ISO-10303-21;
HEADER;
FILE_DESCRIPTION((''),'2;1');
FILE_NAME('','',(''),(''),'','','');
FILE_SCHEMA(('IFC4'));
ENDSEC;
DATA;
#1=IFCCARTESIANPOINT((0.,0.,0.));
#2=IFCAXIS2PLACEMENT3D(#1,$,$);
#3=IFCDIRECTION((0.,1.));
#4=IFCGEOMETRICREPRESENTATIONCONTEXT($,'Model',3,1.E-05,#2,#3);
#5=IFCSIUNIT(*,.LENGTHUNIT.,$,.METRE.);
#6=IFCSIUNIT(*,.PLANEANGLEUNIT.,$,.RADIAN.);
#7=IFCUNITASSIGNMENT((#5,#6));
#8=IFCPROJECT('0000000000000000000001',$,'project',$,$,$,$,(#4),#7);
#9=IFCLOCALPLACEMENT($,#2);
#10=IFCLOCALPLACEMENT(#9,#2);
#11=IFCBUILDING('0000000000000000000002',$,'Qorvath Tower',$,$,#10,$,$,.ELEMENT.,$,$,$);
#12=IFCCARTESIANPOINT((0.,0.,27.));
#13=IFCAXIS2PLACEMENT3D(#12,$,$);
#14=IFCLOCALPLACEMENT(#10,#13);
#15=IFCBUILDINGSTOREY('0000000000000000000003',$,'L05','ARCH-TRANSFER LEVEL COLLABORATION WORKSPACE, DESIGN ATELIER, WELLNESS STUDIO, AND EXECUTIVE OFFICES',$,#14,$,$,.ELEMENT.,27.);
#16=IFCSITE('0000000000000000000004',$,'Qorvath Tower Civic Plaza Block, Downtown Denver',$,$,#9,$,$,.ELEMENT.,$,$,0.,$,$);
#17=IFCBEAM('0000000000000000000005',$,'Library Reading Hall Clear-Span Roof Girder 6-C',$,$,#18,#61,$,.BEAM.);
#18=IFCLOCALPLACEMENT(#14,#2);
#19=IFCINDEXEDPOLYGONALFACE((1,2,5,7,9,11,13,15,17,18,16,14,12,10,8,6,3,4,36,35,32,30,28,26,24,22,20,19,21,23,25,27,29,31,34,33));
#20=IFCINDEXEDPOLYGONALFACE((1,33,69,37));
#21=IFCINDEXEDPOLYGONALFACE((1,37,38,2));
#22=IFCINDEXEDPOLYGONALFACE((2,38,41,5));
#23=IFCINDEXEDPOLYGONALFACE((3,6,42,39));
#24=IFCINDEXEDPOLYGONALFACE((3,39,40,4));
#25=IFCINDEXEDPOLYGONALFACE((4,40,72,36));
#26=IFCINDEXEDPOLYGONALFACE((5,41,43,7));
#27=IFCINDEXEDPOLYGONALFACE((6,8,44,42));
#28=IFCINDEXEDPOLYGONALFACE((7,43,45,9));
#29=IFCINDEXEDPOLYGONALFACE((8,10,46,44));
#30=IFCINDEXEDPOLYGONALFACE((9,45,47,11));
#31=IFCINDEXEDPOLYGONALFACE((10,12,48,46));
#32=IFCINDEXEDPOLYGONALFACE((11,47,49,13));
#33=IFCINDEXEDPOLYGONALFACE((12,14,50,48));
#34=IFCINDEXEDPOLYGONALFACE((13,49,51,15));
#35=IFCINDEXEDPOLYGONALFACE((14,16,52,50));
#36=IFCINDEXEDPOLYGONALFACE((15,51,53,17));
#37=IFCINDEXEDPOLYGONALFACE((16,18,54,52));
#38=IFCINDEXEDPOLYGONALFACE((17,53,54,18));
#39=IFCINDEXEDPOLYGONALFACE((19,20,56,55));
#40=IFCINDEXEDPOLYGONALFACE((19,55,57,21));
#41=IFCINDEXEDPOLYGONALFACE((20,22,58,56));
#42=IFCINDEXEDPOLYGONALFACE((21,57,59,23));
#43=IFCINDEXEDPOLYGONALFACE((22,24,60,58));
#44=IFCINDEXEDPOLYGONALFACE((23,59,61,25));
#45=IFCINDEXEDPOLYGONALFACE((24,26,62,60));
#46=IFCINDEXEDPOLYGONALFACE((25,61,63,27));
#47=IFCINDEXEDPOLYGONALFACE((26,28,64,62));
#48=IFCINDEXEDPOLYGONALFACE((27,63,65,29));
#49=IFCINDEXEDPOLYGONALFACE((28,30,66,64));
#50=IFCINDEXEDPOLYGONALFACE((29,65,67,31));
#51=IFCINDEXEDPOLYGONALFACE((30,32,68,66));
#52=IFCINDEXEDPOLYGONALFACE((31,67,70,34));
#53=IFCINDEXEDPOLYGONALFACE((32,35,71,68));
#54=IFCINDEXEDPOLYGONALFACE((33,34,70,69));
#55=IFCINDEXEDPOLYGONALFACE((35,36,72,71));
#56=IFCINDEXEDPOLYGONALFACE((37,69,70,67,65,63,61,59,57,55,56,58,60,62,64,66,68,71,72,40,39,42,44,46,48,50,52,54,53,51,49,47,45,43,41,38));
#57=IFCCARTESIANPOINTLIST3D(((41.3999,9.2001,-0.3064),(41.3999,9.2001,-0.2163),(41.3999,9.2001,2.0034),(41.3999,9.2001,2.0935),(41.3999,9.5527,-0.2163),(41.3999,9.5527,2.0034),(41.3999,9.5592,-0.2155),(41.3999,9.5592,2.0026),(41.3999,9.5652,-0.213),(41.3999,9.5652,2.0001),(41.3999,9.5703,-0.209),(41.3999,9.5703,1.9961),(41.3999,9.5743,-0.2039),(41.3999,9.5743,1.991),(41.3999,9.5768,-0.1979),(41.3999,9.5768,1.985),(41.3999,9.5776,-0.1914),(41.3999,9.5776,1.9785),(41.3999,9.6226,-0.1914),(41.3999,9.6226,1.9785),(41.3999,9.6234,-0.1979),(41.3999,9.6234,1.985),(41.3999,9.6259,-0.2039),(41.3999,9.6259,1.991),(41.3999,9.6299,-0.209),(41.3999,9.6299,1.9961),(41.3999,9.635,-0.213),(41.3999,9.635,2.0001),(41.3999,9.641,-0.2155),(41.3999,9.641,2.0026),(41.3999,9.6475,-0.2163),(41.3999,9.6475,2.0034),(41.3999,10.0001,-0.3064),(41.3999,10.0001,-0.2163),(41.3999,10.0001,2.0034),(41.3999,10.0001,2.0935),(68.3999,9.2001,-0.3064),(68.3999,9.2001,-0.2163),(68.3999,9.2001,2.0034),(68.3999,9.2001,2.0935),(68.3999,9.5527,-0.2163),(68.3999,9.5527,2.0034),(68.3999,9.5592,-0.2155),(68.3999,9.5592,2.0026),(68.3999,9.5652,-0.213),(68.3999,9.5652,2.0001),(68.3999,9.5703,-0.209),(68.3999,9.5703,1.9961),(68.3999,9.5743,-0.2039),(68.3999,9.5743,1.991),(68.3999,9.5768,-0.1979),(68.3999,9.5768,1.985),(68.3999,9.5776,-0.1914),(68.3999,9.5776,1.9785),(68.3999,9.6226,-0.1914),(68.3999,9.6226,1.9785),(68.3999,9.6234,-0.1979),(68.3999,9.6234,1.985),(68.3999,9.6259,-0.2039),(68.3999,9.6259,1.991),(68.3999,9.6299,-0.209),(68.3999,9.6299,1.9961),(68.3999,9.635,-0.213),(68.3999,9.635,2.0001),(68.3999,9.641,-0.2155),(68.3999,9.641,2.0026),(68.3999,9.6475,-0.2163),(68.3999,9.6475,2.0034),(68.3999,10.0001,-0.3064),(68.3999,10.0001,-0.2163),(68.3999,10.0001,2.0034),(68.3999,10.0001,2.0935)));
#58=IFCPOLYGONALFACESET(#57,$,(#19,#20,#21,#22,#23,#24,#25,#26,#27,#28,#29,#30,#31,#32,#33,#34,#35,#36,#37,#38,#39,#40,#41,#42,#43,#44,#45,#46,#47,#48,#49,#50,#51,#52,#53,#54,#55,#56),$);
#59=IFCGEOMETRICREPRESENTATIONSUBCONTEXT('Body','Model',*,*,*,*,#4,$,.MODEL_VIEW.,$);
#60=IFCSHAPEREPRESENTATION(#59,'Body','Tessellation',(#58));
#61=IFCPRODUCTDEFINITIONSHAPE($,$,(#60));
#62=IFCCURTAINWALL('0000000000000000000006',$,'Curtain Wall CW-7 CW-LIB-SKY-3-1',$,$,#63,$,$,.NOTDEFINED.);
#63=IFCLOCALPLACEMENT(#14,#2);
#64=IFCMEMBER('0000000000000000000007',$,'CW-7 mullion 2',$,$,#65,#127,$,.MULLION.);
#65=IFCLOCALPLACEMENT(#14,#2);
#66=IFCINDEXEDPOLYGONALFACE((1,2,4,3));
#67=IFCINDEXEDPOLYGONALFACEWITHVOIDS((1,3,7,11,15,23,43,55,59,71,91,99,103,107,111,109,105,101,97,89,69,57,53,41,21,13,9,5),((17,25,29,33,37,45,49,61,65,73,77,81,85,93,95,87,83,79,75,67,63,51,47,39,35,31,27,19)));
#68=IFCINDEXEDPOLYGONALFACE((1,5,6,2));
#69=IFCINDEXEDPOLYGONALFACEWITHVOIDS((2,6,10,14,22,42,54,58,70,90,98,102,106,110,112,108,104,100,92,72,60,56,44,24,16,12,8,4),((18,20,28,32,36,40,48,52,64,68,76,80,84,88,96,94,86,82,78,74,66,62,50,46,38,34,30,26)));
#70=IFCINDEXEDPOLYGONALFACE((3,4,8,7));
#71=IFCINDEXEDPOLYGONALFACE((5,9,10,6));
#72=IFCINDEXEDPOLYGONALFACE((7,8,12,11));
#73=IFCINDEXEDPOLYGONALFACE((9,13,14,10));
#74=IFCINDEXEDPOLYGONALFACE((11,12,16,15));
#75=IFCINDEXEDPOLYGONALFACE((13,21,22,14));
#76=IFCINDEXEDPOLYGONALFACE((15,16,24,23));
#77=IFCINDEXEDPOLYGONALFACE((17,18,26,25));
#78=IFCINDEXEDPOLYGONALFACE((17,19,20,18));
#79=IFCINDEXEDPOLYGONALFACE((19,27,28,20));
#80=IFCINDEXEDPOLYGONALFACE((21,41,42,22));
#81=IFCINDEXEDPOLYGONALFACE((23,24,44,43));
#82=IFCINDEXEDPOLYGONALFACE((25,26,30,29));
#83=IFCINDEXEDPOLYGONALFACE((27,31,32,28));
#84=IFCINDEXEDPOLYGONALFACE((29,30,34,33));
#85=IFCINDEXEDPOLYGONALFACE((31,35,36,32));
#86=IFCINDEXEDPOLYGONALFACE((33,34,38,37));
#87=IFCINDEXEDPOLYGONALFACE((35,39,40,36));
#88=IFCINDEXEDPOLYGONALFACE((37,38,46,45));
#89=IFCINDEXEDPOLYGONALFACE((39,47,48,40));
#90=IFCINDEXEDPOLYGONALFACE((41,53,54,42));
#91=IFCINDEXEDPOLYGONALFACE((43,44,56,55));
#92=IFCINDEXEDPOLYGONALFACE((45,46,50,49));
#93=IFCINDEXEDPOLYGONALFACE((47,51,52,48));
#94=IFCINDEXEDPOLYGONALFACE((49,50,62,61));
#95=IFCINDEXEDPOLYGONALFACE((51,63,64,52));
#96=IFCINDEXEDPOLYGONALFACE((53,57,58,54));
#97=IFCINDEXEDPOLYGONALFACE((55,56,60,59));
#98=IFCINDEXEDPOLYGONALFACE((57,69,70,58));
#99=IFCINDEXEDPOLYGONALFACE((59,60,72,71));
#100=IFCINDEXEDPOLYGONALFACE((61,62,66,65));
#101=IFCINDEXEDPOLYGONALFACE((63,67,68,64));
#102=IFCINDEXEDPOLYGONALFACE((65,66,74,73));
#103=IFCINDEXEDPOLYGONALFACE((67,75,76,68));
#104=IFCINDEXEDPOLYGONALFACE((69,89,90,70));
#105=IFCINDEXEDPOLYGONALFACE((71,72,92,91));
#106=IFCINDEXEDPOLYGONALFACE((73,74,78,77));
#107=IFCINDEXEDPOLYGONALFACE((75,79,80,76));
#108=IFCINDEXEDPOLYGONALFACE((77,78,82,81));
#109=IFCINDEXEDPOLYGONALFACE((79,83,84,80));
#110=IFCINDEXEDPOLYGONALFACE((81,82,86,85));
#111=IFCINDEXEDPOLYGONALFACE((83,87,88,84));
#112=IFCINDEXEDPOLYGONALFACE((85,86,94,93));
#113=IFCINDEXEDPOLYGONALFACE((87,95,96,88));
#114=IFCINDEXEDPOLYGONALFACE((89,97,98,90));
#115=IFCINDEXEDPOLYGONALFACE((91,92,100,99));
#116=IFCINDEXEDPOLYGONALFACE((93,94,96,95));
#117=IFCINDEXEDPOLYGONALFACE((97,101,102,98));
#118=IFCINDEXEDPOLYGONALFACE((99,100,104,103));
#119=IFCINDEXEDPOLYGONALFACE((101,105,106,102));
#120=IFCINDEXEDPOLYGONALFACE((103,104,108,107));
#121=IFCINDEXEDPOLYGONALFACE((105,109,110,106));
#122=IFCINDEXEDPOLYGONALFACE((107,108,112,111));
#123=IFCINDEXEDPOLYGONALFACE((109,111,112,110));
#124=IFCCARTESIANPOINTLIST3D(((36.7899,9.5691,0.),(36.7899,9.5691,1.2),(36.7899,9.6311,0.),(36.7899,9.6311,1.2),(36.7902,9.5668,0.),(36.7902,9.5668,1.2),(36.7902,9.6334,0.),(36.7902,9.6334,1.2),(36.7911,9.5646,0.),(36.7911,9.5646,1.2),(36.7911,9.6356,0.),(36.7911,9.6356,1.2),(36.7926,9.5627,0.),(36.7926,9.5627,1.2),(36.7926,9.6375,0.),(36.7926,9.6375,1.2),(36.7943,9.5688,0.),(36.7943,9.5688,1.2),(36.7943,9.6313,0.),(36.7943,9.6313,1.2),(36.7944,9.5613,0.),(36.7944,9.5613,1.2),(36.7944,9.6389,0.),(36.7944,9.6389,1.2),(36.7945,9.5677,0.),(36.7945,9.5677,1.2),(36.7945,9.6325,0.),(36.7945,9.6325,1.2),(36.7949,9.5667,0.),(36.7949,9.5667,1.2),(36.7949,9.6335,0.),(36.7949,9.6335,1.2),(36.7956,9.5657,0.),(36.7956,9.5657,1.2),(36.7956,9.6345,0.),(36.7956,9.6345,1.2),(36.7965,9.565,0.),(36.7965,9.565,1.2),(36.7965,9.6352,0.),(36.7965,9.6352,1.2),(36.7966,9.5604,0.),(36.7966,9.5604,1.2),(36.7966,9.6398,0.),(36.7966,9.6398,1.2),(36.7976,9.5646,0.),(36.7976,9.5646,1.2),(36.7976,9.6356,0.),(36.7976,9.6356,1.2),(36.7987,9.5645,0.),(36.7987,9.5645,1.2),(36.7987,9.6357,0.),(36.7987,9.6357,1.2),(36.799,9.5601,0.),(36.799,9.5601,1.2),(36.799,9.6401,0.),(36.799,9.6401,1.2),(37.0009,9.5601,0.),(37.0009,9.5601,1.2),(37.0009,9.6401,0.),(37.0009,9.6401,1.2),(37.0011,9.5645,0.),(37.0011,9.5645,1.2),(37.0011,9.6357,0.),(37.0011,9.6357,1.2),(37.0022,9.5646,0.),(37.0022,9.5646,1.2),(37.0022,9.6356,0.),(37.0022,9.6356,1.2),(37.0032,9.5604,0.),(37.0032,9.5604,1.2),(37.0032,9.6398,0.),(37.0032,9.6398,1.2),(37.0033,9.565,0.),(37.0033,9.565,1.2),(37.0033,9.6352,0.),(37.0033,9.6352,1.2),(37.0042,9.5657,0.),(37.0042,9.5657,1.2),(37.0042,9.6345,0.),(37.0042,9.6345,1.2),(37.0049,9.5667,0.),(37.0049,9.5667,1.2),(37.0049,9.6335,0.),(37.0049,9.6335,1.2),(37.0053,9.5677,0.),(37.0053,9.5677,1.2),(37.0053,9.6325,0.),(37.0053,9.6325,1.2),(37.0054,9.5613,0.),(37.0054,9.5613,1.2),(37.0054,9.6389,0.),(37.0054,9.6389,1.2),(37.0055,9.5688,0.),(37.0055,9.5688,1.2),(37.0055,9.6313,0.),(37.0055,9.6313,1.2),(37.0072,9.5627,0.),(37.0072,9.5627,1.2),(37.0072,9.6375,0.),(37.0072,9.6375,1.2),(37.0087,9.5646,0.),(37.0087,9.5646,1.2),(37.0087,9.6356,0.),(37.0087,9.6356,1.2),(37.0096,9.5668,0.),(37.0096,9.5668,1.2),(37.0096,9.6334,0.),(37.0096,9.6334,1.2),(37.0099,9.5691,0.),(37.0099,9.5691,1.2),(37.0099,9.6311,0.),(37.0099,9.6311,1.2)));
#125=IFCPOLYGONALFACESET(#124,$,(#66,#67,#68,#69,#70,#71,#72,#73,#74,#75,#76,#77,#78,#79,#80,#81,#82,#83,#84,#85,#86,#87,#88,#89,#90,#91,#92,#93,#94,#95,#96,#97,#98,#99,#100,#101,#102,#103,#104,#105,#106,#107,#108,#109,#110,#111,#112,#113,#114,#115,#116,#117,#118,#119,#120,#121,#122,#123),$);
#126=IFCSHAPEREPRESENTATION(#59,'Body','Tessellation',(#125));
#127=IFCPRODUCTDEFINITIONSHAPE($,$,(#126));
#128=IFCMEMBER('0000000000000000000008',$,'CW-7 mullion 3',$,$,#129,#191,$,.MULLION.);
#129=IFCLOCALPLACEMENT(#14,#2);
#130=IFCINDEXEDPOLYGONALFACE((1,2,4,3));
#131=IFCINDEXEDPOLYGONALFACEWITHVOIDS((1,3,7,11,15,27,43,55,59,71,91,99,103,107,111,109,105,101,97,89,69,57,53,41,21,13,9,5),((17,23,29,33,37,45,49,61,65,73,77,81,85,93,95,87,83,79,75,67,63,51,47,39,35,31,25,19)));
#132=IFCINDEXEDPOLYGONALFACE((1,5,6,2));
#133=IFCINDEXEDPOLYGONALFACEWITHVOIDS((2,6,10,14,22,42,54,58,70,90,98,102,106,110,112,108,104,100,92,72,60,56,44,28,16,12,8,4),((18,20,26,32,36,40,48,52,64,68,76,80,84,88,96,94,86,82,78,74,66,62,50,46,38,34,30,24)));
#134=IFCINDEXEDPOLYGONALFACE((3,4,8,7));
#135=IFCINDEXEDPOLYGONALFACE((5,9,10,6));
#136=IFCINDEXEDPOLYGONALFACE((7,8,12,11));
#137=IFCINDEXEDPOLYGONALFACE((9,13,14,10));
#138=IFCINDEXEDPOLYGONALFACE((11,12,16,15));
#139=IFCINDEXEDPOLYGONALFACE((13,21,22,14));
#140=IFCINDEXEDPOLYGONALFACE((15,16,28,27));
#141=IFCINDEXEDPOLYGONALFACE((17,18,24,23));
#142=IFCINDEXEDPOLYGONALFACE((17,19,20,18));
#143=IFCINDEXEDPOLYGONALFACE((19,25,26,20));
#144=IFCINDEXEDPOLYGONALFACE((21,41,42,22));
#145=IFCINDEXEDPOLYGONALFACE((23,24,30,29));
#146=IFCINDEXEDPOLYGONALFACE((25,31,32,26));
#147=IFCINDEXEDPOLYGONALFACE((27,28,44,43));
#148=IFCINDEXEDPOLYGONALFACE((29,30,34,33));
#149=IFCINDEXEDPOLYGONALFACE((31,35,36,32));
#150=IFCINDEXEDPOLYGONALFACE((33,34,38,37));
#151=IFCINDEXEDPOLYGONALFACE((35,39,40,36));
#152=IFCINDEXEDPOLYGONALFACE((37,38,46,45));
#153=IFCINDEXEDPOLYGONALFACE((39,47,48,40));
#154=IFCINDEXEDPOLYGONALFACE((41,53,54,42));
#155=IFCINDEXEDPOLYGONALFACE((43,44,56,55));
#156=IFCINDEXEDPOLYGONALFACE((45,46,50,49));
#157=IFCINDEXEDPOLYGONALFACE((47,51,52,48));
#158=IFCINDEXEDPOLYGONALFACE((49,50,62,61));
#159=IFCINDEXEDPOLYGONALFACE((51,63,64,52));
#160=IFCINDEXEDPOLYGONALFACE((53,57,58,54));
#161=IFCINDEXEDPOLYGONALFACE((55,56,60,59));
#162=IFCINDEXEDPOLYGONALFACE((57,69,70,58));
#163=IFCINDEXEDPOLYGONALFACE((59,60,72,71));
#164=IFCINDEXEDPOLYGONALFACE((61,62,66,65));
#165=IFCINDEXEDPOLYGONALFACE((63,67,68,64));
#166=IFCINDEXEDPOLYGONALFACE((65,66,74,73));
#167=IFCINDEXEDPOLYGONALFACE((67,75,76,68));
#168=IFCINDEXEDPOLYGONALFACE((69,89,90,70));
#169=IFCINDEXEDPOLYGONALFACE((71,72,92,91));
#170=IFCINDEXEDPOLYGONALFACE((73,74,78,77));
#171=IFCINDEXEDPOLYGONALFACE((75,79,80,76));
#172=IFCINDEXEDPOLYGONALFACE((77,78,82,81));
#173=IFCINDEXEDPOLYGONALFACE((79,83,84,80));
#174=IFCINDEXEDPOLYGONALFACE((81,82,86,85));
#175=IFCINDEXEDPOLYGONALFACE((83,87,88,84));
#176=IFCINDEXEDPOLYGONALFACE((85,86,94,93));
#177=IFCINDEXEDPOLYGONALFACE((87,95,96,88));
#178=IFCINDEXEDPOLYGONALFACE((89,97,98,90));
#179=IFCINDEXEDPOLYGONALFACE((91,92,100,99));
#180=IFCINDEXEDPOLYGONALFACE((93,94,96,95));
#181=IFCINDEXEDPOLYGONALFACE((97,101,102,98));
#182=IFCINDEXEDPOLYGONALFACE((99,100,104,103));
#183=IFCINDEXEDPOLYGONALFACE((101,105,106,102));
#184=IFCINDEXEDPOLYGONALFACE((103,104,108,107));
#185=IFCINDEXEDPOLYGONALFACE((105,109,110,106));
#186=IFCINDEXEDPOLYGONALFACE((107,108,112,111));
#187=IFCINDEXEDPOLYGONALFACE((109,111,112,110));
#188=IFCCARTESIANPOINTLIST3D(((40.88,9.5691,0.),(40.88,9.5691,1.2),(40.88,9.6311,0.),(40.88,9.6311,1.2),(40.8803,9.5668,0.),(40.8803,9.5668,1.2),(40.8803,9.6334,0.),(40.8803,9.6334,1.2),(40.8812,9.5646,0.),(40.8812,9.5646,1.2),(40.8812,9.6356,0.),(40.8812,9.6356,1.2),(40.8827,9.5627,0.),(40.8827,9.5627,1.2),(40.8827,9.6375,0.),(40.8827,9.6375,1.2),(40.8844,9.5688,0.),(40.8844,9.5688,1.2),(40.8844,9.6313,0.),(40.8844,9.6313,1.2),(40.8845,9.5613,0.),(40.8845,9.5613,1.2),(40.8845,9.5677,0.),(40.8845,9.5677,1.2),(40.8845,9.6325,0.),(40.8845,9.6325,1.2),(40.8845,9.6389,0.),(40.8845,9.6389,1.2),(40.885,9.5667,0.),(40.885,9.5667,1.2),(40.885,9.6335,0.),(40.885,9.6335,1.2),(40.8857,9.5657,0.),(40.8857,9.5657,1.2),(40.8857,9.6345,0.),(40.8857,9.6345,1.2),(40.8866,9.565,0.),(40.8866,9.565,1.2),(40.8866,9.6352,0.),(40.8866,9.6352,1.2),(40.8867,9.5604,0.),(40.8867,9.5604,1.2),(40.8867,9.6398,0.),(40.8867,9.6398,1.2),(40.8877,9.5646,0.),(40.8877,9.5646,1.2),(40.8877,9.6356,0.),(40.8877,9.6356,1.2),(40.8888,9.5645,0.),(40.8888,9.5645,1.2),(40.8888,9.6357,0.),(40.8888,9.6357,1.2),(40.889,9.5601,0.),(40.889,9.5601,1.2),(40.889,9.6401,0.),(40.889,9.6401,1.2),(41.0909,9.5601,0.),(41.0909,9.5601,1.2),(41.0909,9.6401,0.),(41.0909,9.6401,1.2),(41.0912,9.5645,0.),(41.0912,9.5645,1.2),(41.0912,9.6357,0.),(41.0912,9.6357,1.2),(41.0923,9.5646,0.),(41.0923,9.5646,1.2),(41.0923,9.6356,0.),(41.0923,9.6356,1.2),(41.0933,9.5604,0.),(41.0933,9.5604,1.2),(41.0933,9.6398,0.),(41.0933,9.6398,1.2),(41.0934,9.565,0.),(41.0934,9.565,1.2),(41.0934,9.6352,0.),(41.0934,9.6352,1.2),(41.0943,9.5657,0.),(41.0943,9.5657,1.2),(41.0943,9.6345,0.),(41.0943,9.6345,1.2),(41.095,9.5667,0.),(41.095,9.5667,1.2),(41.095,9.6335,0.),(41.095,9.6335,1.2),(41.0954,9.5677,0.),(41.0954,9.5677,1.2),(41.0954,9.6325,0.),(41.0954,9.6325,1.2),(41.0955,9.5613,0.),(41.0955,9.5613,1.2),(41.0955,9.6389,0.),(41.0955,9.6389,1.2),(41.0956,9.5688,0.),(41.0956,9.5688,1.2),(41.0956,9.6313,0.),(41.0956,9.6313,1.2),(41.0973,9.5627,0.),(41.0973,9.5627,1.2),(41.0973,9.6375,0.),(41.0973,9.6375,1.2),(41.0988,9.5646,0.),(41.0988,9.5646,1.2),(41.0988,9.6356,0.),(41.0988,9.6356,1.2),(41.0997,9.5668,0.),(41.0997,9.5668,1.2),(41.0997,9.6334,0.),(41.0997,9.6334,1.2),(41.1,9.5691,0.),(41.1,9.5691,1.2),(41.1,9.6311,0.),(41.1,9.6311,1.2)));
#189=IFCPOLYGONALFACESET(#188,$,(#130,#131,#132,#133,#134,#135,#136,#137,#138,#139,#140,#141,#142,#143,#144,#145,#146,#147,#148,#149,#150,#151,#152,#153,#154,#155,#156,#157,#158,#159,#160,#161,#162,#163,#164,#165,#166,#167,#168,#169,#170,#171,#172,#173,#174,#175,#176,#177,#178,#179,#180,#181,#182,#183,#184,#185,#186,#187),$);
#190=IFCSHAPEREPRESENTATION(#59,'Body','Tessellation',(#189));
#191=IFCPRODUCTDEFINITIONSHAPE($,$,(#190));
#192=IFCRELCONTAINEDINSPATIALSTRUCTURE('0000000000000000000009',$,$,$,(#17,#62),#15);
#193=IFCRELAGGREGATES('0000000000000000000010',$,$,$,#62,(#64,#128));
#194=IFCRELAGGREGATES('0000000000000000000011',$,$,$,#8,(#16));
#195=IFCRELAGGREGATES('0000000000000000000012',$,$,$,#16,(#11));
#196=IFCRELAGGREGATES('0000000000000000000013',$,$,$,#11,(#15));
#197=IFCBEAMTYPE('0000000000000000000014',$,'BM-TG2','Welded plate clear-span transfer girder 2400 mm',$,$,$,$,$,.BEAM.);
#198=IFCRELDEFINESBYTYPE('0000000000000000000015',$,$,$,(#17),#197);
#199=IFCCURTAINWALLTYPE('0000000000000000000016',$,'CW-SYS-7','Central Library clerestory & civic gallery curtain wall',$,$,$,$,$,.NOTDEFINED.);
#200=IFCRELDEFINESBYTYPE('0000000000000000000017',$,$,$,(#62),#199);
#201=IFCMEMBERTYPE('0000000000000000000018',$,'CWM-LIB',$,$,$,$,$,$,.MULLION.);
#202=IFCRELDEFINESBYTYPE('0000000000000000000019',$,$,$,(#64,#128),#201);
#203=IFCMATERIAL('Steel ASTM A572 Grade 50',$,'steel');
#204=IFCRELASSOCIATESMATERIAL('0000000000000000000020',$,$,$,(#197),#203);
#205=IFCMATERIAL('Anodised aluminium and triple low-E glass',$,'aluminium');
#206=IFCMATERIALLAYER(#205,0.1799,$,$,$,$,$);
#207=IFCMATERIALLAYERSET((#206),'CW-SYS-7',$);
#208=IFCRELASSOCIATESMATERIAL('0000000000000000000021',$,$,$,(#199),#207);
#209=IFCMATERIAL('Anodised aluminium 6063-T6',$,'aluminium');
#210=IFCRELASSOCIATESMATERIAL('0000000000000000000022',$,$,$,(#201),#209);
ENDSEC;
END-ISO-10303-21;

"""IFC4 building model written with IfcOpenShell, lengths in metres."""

from ifc_helpers import new_model, si_unit, direction, frame, origin, origin_2d, place, context, subcontext, project, spatial, hollow_rectangle, i_section, extrude, material, layer, layer_set, material_profile, profile_set, type_object, element, aggregate, save


model = new_model("IFC4")

# Units and contexts
model_context = context("Model", 3, precision=1e-05, world=origin(), true_north=direction((0.0, 1.0)))
body_context = subcontext(model_context, "Body", "Model", "MODEL_VIEW")
ifc_project = project(units=[si_unit("LENGTHUNIT", "METRE"), si_unit("PLANEANGLEUNIT", "RADIAN")], contexts=[model_context])

# Site, building, storey
site_placement = place(None, origin())
site = spatial("IfcSite", under=ifc_project, at=site_placement, Name="Qorvath Tower Civic Plaza Block, Downtown Denver", CompositionType="ELEMENT", RefElevation=0.0)
building_placement = place(site_placement, origin())
building = spatial("IfcBuilding", under=site, at=building_placement, Name="Qorvath Tower", CompositionType="ELEMENT")
storey_placement = place(building_placement, frame((0.0, 0.0, 27.0)))
storey = spatial("IfcBuildingStorey", under=building, at=storey_placement, Name="L05", Description="ARCH-TRANSFER LEVEL COLLABORATION WORKSPACE, DESIGN ATELIER, WELLNESS STUDIO, AND EXECUTIVE OFFICES", CompositionType="ELEMENT", Elevation=27.0)

# Beam
ifc_material_1 = material(Name="Steel ASTM A572 Grade 50", Category="steel")
ifc_material_profile_1 = material_profile(ifc_material_1, i_section(OverallWidth=0.8, OverallDepth=2.3999, WebThickness=0.0449, FlangeThickness=0.0901, FilletRadius=0.0249, at=origin_2d()), Name="WTG 2400x800")
ifc_profile_set_1 = profile_set([ifc_material_profile_1], Name="Steel ASTM A572 Grade 50")
beam_type = type_object("IfcBeamType", Name="BM-TG2", Description="Welded plate clear-span transfer girder 2400 mm", PredefinedType="BEAM", material=ifc_profile_set_1)
beam_placement = place(storey_placement, frame((41.3999, 9.6001, 0.8936), z_axis=(1.0, 0.0, 0.0), x_axis=(0.0, 1.0, 0.0)))
element("IfcBeam", 1, at=beam_placement, inside=storey, type_object=beam_type, Name="Library Reading Hall Clear-Span Roof Girder 6-C", PredefinedType="BEAM", context=body_context, shape_type="SweptSolid", body=[
    extrude(i_section(OverallWidth=0.8, OverallDepth=2.3999, WebThickness=0.0449, FlangeThickness=0.0901, FilletRadius=0.0249, at=origin_2d()), origin(), (0.0, 0.0, 1.0), 27.0),
])

# Curtain wall, members
ifc_material_2 = material(Name="Anodised aluminium and triple low-E glass", Category="aluminium")
ifc_layer_1 = layer(ifc_material_2, 0.1799)
ifc_layer_set_1 = layer_set([ifc_layer_1], Name="CW-SYS-7")
curtain_wall_type = type_object("IfcCurtainWallType", Name="CW-SYS-7", Description="Central Library clerestory & civic gallery curtain wall", PredefinedType="NOTDEFINED", material=ifc_layer_set_1)
curtain_wall_1_placement = place(storey_placement, origin())
curtain_wall_1 = element("IfcCurtainWall", 2, at=curtain_wall_1_placement, inside=storey, type_object=curtain_wall_type, Name="Curtain Wall CW-7 CW-LIB-SKY-3-1", PredefinedType="NOTDEFINED")
ifc_material_3 = material(Name="Anodised aluminium 6063-T6", Category="aluminium")
ifc_material_profile_2 = material_profile(ifc_material_3, hollow_rectangle(XDim=0.0801, YDim=0.22, WallThickness=0.0044, InnerFilletRadius=0.0044, OuterFilletRadius=0.009, at=origin_2d()), Name="CWM LIB 220x80")
ifc_profile_set_2 = profile_set([ifc_material_profile_2], Name="Anodised aluminium 6063-T6")
member_type_1 = type_object("IfcMemberType", Name="CWM-LIB", PredefinedType="MULLION", material=ifc_profile_set_2)
member_1_placement = place(storey_placement, frame((36.8999, 9.6001, 0.0), z_axis=(0.0, 0.0, 1.0), x_axis=(0.0, 1.0, 0.0)))
member_1 = element("IfcMember", 3, at=member_1_placement, type_object=member_type_1, Name="CW-7 mullion 2", PredefinedType="MULLION", context=body_context, shape_type="SweptSolid", body=[
    extrude(hollow_rectangle(XDim=0.0801, YDim=0.22, WallThickness=0.0044, InnerFilletRadius=0.0044, OuterFilletRadius=0.009, at=origin_2d()), origin(), (0.0, 0.0, 1.0), 1.2),
])
member_2_placement = place(storey_placement, frame((40.99, 9.6001, 0.0), z_axis=(0.0, 0.0, 1.0), x_axis=(0.0, 1.0, 0.0)))
member_2 = element("IfcMember", 4, at=member_2_placement, type_object=member_type_1, Name="CW-7 mullion 3", PredefinedType="MULLION", context=body_context, shape_type="SweptSolid", body=[
    extrude(hollow_rectangle(XDim=0.0801, YDim=0.22, WallThickness=0.0044, InnerFilletRadius=0.0044, OuterFilletRadius=0.009, at=origin_2d()), origin(), (0.0, 0.0, 1.0), 1.2),
])

aggregate(curtain_wall_1, [member_1, member_2])

save(model, "model.ifc")
